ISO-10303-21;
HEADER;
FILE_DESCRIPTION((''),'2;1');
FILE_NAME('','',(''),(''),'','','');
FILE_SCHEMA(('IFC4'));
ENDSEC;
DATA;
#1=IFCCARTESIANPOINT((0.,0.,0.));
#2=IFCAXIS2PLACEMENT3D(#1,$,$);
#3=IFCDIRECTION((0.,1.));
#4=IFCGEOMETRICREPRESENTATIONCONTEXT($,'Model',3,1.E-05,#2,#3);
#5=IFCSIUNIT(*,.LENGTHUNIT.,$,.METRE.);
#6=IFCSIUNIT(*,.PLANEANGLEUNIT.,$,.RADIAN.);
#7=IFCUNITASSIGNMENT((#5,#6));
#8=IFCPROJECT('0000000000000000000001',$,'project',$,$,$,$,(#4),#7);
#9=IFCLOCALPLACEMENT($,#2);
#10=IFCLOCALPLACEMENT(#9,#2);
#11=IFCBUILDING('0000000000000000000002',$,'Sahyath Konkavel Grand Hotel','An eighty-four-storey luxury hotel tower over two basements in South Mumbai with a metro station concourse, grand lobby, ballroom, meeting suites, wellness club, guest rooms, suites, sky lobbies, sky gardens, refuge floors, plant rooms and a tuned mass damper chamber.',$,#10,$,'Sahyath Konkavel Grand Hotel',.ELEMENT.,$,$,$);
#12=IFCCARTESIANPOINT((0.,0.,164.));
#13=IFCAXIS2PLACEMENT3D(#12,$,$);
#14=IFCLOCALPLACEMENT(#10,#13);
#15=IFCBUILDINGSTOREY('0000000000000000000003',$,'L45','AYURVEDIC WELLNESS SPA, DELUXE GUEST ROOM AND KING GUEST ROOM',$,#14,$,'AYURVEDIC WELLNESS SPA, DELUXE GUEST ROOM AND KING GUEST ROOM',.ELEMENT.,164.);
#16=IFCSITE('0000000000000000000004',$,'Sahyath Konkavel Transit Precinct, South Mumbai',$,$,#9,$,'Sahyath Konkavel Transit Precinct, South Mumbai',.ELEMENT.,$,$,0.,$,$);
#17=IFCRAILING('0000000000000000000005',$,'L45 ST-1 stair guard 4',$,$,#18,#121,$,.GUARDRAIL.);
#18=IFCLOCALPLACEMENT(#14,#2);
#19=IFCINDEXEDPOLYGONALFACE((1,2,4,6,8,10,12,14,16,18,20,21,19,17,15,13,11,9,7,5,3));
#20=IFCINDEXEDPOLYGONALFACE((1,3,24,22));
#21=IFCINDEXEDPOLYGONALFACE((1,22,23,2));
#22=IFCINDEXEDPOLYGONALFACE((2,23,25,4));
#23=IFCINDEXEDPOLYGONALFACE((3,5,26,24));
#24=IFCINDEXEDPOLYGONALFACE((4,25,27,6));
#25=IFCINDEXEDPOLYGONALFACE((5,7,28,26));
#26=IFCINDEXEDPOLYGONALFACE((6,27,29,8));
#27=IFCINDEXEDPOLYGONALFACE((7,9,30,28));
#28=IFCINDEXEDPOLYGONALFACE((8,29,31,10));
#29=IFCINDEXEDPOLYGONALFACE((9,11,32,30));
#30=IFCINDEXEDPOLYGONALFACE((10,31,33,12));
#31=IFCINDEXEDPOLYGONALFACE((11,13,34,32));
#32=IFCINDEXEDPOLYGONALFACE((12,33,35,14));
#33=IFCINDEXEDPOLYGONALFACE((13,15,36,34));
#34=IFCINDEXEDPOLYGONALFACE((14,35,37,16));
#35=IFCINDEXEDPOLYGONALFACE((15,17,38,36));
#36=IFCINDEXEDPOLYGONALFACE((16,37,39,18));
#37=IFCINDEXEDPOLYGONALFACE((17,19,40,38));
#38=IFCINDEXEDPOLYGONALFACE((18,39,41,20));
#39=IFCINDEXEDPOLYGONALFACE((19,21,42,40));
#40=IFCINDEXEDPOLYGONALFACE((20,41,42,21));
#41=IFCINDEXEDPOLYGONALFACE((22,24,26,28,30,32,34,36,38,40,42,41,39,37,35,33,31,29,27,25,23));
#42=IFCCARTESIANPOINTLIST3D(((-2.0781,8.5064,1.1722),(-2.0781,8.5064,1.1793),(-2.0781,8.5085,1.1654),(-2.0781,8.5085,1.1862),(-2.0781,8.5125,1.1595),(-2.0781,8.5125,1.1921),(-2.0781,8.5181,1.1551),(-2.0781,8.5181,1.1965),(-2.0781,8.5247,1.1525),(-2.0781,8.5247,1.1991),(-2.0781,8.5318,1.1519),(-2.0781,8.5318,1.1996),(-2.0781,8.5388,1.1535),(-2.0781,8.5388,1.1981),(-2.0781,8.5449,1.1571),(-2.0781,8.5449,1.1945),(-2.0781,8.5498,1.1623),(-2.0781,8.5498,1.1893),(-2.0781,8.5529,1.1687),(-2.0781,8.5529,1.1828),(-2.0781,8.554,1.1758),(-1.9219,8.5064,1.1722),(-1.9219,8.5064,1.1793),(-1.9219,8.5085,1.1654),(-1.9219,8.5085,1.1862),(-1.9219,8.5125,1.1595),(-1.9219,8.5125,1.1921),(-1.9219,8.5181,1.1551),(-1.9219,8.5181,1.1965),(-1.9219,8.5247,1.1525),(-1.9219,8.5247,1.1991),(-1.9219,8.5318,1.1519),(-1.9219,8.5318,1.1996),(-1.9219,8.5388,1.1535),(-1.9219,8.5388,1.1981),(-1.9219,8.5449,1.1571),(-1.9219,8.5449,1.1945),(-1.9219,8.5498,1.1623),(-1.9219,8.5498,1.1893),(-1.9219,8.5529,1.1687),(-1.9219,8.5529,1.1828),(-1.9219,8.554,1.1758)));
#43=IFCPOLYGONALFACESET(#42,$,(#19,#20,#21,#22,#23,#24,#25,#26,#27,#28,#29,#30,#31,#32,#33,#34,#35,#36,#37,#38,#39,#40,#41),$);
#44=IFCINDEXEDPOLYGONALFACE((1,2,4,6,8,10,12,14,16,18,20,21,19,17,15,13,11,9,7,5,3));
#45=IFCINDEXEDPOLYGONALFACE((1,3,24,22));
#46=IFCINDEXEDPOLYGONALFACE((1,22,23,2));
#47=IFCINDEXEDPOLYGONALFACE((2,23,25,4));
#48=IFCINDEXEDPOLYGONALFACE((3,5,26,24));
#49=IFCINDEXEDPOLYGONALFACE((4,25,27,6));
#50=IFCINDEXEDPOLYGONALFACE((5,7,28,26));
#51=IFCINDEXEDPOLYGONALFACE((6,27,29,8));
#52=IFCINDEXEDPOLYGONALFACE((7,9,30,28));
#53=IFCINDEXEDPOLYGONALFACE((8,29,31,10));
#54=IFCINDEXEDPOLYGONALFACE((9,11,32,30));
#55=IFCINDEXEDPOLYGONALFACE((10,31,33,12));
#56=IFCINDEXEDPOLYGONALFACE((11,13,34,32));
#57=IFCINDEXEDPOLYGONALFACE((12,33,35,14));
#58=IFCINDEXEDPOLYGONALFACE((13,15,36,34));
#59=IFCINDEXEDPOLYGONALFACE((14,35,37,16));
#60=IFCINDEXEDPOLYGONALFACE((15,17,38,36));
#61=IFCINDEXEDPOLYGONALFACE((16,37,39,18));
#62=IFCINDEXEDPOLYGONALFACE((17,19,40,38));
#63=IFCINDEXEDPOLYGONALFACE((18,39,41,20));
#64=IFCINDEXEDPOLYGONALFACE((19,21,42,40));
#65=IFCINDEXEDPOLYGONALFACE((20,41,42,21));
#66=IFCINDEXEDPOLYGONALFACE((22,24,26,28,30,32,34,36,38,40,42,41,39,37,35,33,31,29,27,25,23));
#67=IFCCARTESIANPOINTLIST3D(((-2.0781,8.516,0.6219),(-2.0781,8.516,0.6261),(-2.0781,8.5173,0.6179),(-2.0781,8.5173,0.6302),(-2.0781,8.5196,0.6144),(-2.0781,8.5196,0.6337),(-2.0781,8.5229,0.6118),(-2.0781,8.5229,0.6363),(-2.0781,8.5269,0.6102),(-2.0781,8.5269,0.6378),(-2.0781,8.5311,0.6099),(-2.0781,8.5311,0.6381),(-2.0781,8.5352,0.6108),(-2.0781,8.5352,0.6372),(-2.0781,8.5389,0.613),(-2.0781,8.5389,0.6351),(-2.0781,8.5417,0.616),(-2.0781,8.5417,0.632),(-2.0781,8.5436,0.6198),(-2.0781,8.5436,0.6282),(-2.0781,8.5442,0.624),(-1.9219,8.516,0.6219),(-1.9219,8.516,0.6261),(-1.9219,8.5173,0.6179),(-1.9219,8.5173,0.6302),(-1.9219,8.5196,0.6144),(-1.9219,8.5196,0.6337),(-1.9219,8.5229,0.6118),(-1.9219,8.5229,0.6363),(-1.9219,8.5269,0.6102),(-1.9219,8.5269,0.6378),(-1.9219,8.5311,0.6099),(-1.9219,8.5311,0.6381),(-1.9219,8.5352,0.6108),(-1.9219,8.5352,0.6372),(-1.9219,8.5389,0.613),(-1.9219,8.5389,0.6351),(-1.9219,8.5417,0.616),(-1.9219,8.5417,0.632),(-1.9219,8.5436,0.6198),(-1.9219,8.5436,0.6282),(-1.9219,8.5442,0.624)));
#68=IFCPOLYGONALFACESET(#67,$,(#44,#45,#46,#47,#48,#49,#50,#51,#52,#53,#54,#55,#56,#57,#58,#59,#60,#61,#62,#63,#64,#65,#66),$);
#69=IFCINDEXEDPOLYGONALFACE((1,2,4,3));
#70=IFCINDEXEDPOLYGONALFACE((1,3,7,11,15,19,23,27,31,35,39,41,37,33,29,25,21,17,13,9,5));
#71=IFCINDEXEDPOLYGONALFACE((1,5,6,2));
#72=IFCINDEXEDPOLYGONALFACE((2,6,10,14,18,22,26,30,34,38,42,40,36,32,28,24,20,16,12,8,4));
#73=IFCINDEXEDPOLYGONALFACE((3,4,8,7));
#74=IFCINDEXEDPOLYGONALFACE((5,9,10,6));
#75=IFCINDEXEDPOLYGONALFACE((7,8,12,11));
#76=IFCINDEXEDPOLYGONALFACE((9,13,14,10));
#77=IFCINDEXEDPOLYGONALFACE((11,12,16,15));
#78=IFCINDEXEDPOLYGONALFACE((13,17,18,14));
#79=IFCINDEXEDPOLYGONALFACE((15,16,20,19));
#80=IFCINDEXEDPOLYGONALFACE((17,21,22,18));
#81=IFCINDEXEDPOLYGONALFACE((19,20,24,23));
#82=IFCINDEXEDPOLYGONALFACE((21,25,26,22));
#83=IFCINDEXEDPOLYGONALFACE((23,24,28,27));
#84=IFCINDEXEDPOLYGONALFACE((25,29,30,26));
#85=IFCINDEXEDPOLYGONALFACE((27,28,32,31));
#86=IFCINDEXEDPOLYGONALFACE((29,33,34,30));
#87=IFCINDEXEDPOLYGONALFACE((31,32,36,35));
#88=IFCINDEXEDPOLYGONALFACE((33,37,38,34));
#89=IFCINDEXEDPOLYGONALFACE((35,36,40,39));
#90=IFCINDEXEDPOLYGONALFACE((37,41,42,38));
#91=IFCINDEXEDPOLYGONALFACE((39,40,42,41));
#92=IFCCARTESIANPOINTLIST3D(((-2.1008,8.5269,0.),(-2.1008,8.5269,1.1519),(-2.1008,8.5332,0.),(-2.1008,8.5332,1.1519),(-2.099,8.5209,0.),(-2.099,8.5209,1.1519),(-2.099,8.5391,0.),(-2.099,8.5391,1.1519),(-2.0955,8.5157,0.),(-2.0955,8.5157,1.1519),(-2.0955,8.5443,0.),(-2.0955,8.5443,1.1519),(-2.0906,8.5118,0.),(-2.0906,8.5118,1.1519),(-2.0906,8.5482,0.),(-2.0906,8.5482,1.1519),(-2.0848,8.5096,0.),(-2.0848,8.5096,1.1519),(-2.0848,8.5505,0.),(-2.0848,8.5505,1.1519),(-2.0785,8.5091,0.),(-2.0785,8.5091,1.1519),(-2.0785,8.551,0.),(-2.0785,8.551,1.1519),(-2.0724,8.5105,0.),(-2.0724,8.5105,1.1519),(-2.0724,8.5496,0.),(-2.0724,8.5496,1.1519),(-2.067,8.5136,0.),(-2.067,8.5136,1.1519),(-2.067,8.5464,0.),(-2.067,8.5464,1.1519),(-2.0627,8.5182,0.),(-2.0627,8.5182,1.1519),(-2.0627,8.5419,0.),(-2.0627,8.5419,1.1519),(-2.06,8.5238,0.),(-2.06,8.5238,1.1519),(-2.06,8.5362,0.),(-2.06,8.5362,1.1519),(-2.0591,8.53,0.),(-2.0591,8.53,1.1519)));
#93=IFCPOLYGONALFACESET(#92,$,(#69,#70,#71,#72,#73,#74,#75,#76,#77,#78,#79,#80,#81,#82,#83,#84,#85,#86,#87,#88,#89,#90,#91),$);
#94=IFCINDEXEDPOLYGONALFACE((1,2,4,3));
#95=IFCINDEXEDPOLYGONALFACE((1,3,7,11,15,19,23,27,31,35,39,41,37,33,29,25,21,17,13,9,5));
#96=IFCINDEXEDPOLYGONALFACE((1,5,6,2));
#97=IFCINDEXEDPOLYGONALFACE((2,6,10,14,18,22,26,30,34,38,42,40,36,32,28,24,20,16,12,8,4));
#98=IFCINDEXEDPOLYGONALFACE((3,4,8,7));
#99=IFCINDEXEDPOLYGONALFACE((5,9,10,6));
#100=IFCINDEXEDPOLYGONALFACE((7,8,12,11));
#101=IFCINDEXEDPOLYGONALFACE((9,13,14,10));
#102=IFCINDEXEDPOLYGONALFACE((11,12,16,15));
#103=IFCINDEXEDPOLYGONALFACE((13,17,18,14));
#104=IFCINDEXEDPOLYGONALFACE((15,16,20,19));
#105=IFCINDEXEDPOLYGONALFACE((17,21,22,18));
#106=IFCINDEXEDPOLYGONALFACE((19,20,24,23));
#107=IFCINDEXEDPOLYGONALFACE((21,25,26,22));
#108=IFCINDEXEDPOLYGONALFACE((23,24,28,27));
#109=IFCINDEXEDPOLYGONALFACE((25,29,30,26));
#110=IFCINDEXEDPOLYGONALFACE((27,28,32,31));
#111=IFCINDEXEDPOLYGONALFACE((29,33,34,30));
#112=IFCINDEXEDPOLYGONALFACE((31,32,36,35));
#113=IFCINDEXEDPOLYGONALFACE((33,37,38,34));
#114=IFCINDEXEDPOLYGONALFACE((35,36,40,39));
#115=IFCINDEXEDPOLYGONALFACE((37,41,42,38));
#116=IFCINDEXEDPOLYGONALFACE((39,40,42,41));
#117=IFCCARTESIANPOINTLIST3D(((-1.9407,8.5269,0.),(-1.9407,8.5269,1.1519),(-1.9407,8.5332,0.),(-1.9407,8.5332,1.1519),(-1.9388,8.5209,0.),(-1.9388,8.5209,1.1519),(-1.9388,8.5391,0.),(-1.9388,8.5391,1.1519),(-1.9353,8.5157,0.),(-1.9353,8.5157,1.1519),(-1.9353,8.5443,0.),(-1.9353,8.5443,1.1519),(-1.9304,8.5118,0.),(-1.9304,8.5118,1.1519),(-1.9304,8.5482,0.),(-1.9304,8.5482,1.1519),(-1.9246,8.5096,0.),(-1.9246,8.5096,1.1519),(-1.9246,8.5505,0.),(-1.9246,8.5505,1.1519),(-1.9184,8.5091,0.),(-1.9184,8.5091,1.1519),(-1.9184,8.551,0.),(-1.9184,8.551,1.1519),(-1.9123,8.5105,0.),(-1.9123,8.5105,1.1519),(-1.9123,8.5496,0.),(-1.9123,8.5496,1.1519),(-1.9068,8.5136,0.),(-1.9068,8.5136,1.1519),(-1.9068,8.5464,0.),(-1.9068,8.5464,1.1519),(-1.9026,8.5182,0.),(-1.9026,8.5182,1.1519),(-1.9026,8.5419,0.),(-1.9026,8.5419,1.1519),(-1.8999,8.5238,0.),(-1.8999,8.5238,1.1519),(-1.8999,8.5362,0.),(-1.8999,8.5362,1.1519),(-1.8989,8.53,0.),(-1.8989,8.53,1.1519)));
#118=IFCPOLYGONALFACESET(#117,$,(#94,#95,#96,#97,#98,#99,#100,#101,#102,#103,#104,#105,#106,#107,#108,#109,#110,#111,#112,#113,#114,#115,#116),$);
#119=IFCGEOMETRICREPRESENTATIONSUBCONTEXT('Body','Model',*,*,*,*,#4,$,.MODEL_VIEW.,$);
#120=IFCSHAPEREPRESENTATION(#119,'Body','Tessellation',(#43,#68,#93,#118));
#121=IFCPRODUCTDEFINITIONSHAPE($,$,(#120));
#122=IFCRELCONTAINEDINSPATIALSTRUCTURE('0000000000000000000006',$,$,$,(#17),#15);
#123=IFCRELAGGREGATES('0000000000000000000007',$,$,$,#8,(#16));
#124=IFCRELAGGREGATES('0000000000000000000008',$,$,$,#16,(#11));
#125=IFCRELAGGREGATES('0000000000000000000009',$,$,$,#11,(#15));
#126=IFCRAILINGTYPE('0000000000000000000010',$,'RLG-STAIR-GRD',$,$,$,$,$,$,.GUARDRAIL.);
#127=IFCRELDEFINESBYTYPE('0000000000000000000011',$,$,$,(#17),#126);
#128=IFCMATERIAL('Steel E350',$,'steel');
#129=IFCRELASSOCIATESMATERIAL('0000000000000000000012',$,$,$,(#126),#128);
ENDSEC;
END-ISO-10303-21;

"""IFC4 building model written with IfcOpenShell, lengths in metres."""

from ifc_helpers import new_model, si_unit, direction, frame, origin, origin_2d, place, context, subcontext, project, spatial, circle, extrude, material, type_object, element, save


model = new_model("IFC4")

# Units and contexts
model_context = context("Model", 3, precision=1e-05, world=origin(), true_north=direction((0.0, 1.0)))
body_context = subcontext(model_context, "Body", "Model", "MODEL_VIEW")
ifc_project = project(units=[si_unit("LENGTHUNIT", "METRE"), si_unit("PLANEANGLEUNIT", "RADIAN")], contexts=[model_context])

# Site, building, storey
site_placement = place(None, origin())
site = spatial("IfcSite", under=ifc_project, at=site_placement, Name="Sahyath Konkavel Transit Precinct, South Mumbai", LongName="Sahyath Konkavel Transit Precinct, South Mumbai", CompositionType="ELEMENT", RefElevation=0.0)
building_placement = place(site_placement, origin())
building = spatial("IfcBuilding", under=site, at=building_placement, Name="Sahyath Konkavel Grand Hotel", Description="An eighty-four-storey luxury hotel tower over two basements in South Mumbai with a metro station concourse, grand lobby, ballroom, meeting suites, wellness club, guest rooms, suites, sky lobbies, sky gardens, refuge floors, plant rooms and a tuned mass damper chamber.", LongName="Sahyath Konkavel Grand Hotel", CompositionType="ELEMENT")
storey_placement = place(building_placement, frame((0.0, 0.0, 164.0)))
storey = spatial("IfcBuildingStorey", under=building, at=storey_placement, Name="L45", Description="AYURVEDIC WELLNESS SPA, DELUXE GUEST ROOM AND KING GUEST ROOM", LongName="AYURVEDIC WELLNESS SPA, DELUXE GUEST ROOM AND KING GUEST ROOM", CompositionType="ELEMENT", Elevation=164.0)

# Shared definitions
ifc_material_1 = material(Name="Steel E350", Category="steel")

# Railing
railing_type_1 = type_object("IfcRailingType", Name="RLG-STAIR-GRD", PredefinedType="GUARDRAIL", material=ifc_material_1)
railing_1_placement = place(storey_placement, frame((-2.0801, 8.53, 0.0)))
element("IfcRailing", 1, at=railing_1_placement, inside=storey, type_object=railing_type_1, Name="L45 ST-1 stair guard 4", PredefinedType="GUARDRAIL", context=body_context, shape_type="SweptSolid", body=[
    extrude(circle(Radius=0.0239, at=origin_2d()), frame((0.002, 0.0, 1.1758), z_axis=(1.0, 0.0, 0.0), x_axis=(0.0, 1.0, 0.0)), (0.0, 0.0, 1.0), 0.1562),
    extrude(circle(Radius=0.0142, at=origin_2d()), frame((0.002, 0.0, 0.624), z_axis=(1.0, 0.0, 0.0), x_axis=(0.0, 1.0, 0.0)), (0.0, 0.0, 1.0), 0.1562),
    extrude(circle(Radius=0.021, at=origin_2d()), origin(), (0.0, 0.0, 1.0), 1.1519),
    extrude(circle(Radius=0.021, at=origin_2d()), frame((0.1602, 0.0, 0.0)), (0.0, 0.0, 1.0), 1.1519),
])

save(model, "model.ifc")
